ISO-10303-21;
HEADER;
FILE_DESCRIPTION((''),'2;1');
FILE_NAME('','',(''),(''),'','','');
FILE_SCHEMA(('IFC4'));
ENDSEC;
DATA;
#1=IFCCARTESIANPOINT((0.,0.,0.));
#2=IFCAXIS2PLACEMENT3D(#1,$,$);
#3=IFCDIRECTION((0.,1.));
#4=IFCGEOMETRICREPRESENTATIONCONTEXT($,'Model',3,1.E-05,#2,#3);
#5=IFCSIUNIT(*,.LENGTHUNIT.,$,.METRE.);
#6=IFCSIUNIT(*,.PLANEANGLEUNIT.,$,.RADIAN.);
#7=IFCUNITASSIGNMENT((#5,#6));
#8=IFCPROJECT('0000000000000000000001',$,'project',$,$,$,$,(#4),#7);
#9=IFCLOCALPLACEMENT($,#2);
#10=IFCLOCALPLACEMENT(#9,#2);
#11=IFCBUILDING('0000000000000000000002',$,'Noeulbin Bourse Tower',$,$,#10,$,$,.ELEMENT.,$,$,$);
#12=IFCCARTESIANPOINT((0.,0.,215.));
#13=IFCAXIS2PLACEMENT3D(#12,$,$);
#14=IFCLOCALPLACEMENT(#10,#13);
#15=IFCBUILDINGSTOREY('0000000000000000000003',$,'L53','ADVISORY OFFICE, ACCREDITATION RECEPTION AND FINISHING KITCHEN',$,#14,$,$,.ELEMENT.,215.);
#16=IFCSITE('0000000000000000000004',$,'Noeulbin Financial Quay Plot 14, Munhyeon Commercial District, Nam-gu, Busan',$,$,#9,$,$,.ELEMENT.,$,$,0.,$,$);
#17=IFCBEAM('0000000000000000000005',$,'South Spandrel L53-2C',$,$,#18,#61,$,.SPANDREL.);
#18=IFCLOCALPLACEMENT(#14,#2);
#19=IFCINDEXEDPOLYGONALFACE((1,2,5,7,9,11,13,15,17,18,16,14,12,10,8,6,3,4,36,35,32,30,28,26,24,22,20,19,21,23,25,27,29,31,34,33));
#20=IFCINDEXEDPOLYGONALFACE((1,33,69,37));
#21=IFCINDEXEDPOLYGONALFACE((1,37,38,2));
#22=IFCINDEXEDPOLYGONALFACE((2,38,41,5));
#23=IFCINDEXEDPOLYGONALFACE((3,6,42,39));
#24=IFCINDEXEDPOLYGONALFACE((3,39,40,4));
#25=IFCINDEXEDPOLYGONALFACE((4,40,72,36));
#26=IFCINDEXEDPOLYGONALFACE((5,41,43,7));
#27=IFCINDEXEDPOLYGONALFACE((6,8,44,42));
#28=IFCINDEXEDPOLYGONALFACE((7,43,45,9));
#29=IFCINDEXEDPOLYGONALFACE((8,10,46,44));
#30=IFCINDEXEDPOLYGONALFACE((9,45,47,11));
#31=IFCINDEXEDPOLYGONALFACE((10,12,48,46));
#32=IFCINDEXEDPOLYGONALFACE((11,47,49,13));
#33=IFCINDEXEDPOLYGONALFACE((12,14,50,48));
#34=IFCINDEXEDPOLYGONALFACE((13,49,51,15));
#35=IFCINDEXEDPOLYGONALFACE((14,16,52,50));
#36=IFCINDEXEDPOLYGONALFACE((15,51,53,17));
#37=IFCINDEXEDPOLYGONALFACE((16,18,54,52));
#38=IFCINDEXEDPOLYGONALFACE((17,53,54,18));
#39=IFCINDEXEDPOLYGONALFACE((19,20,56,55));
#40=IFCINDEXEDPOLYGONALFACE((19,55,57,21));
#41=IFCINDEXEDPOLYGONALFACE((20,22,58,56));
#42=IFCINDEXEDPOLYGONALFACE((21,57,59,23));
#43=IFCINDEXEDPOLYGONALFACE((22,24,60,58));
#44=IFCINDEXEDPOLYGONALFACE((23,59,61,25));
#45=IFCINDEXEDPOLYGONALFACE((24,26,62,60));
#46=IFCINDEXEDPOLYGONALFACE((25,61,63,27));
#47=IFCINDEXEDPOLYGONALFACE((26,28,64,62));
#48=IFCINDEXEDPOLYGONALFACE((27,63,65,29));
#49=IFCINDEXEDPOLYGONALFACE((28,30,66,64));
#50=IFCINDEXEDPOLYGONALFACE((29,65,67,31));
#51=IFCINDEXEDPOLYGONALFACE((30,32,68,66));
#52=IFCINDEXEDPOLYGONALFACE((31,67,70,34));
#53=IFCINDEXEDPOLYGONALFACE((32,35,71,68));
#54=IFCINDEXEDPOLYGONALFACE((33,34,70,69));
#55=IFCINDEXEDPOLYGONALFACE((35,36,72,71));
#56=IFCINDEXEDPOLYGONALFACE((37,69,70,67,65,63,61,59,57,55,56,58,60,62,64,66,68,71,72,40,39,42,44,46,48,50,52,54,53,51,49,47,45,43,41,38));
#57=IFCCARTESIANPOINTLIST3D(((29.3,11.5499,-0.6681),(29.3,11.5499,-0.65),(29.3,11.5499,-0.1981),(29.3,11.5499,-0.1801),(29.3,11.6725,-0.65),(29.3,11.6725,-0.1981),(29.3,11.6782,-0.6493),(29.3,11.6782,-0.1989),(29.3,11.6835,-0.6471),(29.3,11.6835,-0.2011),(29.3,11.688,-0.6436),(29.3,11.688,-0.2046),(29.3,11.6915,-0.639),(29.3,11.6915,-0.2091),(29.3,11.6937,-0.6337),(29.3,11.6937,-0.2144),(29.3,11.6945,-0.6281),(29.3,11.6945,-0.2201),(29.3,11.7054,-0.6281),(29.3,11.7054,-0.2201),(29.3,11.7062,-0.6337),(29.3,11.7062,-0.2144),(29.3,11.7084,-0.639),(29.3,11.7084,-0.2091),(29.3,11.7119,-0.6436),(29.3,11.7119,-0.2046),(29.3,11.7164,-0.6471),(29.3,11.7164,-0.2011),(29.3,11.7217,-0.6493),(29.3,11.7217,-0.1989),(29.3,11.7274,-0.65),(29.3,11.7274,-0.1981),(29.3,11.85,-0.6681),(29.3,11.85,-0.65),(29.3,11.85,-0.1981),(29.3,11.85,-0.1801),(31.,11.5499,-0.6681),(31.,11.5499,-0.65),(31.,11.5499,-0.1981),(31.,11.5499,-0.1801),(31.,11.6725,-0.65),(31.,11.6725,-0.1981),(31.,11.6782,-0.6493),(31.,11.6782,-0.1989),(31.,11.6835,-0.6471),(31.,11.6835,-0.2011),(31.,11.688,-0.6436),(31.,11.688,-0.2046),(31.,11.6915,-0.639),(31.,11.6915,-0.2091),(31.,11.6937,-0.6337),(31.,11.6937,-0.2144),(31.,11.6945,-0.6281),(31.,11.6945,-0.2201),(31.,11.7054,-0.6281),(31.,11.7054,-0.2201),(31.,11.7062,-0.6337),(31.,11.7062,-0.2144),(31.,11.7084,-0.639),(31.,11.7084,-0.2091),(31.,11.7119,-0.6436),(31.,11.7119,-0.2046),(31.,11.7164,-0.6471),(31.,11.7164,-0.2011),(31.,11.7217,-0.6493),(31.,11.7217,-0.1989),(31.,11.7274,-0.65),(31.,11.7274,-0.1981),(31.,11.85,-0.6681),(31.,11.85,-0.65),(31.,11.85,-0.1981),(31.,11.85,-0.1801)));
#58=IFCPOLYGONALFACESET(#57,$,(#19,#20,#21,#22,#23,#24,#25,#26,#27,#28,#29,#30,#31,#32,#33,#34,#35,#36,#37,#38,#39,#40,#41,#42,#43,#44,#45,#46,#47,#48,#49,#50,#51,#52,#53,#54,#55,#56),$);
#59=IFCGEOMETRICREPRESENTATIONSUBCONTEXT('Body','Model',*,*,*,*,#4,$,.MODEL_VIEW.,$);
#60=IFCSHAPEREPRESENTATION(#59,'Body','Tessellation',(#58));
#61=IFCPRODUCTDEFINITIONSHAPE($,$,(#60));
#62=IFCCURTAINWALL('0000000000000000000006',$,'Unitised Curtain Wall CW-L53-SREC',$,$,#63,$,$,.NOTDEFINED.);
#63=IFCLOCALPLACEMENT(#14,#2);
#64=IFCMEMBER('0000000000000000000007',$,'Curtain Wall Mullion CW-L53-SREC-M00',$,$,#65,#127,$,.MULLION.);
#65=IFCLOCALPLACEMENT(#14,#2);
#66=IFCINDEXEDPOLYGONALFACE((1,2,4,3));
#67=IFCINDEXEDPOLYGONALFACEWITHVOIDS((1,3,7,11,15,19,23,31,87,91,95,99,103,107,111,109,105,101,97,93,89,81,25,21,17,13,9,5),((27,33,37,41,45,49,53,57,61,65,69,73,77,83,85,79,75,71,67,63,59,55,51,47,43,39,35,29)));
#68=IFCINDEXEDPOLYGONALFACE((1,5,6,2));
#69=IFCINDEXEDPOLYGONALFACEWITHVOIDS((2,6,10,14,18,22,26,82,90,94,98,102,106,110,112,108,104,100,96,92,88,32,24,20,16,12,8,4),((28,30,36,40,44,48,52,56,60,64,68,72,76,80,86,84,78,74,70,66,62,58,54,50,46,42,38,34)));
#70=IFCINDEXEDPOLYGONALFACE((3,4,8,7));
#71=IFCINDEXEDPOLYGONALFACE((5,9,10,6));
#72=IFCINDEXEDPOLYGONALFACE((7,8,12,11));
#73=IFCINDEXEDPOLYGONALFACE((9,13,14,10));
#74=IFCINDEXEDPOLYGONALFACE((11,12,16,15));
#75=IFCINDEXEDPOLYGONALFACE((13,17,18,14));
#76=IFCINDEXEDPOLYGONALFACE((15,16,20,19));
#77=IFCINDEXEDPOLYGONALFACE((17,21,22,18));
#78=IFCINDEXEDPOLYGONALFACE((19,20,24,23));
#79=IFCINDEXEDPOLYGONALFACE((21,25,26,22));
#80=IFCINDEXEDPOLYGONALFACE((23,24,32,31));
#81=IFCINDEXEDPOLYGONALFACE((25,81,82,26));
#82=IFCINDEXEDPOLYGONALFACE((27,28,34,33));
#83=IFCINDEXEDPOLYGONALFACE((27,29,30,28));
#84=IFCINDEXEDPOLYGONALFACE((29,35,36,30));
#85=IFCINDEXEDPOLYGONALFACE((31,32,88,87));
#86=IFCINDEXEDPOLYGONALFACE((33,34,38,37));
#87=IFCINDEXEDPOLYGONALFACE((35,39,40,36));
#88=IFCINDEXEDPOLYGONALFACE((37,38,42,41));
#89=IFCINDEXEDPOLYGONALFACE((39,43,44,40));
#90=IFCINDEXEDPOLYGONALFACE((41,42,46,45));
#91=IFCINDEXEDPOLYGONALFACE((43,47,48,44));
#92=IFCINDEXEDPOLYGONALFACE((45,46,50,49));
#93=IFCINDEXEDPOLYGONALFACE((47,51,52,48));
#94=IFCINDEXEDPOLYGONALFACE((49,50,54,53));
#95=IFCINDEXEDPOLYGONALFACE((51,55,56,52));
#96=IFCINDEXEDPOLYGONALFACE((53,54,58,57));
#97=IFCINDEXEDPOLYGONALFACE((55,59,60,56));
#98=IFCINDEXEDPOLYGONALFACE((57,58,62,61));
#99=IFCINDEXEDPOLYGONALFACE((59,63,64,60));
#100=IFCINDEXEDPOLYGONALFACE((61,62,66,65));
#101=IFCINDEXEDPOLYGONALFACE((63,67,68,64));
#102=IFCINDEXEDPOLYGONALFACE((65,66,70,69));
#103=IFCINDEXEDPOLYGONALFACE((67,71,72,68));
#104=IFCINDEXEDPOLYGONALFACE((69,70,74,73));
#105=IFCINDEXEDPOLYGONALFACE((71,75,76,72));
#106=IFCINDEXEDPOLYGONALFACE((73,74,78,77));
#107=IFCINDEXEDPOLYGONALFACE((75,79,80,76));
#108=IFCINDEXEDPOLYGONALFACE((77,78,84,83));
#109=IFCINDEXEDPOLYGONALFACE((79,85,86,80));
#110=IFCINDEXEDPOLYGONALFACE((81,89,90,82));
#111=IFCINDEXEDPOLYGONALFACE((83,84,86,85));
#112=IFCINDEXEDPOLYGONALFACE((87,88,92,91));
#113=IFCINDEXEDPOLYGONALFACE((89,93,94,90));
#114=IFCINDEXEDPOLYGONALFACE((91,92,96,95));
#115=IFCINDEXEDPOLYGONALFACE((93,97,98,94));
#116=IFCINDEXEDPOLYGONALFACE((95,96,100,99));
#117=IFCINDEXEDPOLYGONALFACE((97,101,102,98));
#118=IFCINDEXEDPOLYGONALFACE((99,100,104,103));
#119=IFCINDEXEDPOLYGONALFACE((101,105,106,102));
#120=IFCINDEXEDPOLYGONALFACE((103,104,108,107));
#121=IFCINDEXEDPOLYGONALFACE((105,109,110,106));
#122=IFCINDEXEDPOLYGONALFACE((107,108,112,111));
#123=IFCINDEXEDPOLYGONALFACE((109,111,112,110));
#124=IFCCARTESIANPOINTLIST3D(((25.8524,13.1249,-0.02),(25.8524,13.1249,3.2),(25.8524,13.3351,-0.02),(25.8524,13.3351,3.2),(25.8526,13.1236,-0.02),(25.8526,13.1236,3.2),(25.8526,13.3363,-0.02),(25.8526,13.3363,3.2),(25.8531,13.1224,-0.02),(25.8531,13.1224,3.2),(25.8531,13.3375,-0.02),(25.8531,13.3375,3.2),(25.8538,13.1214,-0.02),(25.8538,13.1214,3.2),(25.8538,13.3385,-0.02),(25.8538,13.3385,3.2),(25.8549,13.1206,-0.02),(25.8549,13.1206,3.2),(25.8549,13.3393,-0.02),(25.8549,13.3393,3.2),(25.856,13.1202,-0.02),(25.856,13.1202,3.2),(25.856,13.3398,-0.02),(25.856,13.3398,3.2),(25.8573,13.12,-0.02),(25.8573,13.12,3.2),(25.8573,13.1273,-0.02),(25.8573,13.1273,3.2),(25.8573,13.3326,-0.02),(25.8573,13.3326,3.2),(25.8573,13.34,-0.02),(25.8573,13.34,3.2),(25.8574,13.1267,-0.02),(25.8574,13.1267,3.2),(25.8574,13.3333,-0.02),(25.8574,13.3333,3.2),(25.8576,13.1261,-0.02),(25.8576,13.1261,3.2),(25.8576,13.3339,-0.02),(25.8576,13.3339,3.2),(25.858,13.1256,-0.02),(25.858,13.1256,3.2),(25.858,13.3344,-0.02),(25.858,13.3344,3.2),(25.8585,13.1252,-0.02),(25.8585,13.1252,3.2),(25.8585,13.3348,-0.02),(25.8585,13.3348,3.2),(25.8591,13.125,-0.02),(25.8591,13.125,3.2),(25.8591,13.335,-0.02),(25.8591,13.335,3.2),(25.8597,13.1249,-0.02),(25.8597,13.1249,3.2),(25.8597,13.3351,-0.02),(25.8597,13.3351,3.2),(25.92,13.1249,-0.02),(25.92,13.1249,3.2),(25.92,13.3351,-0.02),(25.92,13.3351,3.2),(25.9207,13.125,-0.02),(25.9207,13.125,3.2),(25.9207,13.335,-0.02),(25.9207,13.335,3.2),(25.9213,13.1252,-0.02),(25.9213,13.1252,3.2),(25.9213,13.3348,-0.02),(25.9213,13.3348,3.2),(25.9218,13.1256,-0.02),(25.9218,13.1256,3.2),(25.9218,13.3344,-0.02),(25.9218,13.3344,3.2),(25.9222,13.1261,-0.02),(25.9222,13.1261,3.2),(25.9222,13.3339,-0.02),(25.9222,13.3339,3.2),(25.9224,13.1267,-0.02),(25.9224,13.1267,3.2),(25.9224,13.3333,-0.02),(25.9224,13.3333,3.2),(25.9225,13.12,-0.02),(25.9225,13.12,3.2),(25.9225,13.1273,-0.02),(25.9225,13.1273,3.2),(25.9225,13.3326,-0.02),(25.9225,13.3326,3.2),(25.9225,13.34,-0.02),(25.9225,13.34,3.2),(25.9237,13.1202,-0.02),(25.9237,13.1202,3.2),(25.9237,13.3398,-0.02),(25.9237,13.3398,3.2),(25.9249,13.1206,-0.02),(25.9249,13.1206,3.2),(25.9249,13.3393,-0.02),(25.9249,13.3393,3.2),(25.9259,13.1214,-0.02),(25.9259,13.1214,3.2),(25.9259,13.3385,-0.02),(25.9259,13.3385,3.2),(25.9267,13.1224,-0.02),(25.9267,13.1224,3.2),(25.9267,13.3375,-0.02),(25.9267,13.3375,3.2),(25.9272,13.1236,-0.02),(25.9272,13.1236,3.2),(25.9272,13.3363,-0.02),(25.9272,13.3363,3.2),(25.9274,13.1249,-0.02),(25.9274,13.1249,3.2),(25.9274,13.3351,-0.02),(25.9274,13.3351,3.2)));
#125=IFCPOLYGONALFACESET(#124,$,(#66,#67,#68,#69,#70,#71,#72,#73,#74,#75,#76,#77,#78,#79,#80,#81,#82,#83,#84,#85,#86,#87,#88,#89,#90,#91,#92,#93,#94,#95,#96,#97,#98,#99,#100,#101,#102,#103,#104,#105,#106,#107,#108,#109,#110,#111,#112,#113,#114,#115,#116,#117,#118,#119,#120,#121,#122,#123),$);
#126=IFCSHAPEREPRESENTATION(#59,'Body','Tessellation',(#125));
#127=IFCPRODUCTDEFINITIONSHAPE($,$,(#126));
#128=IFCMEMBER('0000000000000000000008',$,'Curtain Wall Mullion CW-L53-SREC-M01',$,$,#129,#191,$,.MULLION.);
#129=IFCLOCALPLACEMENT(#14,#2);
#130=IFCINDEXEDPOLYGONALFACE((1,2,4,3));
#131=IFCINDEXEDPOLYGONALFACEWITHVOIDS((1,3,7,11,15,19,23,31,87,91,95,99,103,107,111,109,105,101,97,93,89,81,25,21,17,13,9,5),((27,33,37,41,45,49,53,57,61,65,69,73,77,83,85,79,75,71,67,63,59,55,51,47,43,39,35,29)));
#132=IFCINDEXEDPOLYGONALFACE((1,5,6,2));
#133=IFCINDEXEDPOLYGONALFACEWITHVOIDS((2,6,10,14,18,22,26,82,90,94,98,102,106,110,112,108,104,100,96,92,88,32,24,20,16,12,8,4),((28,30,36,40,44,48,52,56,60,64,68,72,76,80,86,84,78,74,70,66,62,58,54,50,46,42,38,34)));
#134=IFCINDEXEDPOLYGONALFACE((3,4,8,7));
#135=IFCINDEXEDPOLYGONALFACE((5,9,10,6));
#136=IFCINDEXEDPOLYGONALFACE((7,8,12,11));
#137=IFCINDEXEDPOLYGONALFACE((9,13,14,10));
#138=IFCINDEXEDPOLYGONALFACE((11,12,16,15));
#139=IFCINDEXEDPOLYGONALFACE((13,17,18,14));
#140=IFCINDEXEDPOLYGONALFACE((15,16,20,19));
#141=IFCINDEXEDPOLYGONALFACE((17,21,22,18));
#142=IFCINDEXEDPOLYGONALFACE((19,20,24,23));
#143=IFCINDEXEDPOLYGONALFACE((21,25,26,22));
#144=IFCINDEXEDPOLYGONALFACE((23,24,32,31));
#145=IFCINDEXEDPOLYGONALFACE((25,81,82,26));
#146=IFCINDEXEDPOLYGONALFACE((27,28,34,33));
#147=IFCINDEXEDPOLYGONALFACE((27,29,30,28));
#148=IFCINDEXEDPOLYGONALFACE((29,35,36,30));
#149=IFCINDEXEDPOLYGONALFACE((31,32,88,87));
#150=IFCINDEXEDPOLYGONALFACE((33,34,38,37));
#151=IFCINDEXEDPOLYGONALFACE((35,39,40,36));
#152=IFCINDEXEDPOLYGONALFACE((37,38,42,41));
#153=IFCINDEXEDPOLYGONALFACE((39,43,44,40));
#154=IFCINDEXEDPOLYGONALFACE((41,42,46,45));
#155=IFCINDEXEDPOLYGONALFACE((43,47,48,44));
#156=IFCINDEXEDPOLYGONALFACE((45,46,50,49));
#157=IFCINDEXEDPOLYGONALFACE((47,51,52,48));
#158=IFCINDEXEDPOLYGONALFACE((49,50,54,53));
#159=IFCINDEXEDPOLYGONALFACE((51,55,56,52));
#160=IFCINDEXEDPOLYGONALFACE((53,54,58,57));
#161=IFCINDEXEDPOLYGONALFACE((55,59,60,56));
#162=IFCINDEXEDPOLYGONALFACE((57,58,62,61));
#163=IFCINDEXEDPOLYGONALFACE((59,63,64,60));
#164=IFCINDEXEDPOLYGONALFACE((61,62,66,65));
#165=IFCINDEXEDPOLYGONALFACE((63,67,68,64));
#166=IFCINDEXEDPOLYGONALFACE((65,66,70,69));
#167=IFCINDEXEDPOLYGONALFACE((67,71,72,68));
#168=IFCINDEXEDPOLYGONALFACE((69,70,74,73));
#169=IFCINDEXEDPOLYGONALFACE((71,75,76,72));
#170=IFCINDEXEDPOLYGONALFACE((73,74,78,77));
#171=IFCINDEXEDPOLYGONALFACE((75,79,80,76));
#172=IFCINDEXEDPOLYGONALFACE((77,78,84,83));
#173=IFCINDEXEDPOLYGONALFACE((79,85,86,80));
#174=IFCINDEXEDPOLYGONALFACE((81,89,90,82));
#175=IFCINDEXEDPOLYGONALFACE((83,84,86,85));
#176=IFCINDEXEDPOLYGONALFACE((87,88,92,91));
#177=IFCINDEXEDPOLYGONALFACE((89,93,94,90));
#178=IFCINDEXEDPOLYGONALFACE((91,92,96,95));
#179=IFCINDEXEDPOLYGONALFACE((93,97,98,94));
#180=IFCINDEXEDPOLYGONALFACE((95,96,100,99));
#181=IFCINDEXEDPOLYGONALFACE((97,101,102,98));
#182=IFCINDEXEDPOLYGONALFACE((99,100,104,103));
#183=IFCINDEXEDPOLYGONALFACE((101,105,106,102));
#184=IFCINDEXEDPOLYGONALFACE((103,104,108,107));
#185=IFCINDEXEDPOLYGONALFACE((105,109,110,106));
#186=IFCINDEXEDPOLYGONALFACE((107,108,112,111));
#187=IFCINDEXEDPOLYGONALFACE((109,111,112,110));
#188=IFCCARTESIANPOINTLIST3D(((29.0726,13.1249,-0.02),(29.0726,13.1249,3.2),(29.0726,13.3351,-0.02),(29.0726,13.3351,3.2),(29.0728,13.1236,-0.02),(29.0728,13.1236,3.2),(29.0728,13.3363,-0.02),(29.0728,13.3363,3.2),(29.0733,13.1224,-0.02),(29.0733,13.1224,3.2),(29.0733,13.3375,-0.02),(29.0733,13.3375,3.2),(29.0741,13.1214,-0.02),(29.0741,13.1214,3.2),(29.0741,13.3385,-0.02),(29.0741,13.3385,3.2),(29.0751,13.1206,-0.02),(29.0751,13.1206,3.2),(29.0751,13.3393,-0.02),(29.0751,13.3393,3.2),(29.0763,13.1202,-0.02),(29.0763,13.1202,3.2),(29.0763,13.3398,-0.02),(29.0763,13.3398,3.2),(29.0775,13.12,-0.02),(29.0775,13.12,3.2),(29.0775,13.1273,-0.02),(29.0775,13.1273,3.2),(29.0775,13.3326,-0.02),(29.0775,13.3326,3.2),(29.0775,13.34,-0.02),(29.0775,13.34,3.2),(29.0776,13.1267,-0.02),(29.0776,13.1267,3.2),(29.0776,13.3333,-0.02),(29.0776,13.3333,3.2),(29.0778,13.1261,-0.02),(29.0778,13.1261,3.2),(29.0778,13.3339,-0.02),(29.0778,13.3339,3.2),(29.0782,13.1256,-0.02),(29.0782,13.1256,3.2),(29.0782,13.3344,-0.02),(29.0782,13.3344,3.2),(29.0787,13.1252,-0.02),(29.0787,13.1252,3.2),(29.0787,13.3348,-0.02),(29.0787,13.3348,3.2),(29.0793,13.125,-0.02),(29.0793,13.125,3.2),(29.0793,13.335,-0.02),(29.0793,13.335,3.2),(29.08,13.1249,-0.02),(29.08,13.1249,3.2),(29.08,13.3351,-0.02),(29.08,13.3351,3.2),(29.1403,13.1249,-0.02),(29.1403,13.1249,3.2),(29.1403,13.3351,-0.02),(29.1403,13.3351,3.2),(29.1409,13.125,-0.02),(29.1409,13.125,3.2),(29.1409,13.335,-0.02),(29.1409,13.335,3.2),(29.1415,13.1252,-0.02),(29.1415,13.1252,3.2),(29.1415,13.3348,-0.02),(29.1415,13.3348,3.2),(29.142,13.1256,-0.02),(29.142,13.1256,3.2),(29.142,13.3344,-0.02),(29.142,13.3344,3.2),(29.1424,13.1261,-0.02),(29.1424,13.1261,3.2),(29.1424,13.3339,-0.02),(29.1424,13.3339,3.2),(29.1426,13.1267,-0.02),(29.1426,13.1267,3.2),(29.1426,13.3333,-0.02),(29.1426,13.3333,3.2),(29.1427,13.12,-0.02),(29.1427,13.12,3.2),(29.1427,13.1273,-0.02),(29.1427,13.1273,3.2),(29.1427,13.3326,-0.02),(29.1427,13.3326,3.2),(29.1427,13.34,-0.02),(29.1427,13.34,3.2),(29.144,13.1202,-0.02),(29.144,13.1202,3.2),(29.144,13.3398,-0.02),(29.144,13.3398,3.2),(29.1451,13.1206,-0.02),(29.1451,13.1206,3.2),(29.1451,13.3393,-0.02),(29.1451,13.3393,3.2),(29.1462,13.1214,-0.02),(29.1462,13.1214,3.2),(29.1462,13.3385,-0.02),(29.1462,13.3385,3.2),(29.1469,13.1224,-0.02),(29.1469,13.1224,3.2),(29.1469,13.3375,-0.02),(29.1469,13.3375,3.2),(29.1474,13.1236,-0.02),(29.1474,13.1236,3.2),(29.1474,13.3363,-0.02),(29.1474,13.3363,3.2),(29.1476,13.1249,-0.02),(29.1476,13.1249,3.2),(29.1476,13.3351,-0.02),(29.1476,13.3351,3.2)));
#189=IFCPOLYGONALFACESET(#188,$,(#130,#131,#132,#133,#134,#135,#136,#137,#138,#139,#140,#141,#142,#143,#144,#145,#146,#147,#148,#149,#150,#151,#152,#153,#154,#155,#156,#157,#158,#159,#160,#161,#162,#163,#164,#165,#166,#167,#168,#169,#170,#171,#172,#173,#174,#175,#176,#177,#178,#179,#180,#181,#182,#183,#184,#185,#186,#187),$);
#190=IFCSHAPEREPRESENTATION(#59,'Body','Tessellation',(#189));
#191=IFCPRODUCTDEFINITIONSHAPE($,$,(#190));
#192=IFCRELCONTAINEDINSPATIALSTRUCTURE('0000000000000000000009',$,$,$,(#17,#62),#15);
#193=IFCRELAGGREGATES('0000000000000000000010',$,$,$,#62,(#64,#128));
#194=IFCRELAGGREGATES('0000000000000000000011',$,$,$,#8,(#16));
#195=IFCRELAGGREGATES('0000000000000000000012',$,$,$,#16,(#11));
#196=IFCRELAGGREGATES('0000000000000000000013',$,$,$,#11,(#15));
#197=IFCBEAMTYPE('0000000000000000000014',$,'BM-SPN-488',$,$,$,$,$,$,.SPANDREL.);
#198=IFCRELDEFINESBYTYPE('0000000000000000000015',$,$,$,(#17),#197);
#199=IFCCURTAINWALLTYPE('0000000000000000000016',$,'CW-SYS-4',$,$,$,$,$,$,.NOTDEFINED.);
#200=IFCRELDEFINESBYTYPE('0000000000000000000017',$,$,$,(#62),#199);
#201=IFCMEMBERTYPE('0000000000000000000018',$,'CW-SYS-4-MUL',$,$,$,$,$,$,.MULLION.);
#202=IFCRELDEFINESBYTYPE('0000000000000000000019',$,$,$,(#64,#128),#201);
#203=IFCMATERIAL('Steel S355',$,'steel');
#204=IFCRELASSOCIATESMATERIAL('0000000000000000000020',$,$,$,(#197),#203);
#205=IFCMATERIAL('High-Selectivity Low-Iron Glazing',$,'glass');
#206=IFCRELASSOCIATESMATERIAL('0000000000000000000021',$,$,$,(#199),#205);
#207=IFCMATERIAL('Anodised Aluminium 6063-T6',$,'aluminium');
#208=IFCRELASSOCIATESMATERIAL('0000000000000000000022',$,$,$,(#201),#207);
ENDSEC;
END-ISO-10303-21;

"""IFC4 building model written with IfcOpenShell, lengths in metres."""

from ifc_helpers import new_model, si_unit, direction, frame, origin, origin_2d, place, context, subcontext, project, spatial, hollow_rectangle, i_section, extrude, material, material_profile, profile_set, type_object, element, aggregate, save


model = new_model("IFC4")

# Units and contexts
model_context = context("Model", 3, precision=1e-05, world=origin(), true_north=direction((0.0, 1.0)))
body_context = subcontext(model_context, "Body", "Model", "MODEL_VIEW")
ifc_project = project(units=[si_unit("LENGTHUNIT", "METRE"), si_unit("PLANEANGLEUNIT", "RADIAN")], contexts=[model_context])

# Site, building, storey
site_placement = place(None, origin())
site = spatial("IfcSite", under=ifc_project, at=site_placement, Name="Noeulbin Financial Quay Plot 14, Munhyeon Commercial District, Nam-gu, Busan", CompositionType="ELEMENT", RefElevation=0.0)
building_placement = place(site_placement, origin())
building = spatial("IfcBuilding", under=site, at=building_placement, Name="Noeulbin Bourse Tower", CompositionType="ELEMENT")
storey_placement = place(building_placement, frame((0.0, 0.0, 215.0)))
storey = spatial("IfcBuildingStorey", under=building, at=storey_placement, Name="L53", Description="ADVISORY OFFICE, ACCREDITATION RECEPTION AND FINISHING KITCHEN", CompositionType="ELEMENT", Elevation=215.0)

# Shared definitions
ifc_material_1 = material(Name="Steel S355", Category="steel")

# Beam
ifc_material_profile_1 = material_profile(ifc_material_1, i_section(OverallWidth=0.3, OverallDepth=0.488, WebThickness=0.011, FlangeThickness=0.0181, FilletRadius=0.022, at=origin_2d()), Name="H-488x300x11x18", Category="LoadBearing")
ifc_profile_set_1 = profile_set([ifc_material_profile_1], Name="Steel S355")
beam_type_1 = type_object("IfcBeamType", Name="BM-SPN-488", PredefinedType="SPANDREL", material=ifc_profile_set_1)
for number, where, z_axis, x_axis, name in (
    (1, (29.3, 11.7, -0.4241), (1.0, 0.0, 0.0), (0.0, 1.0, 0.0), "South Spandrel L53-2C"),
):
    element("IfcBeam", number, at=place(storey_placement, frame(where, z_axis=z_axis, x_axis=x_axis)), inside=storey, type_object=beam_type_1, Name=name, PredefinedType="SPANDREL", context=body_context, shape_type="SweptSolid", body=[
        extrude(i_section(OverallWidth=0.3, OverallDepth=0.488, WebThickness=0.011, FlangeThickness=0.0181, FilletRadius=0.022, at=origin_2d()), origin(), (0.0, 0.0, 1.0), 1.7),
    ])

# Curtain wall, members
ifc_material_2 = material(Name="High-Selectivity Low-Iron Glazing", Category="glass")
curtain_wall_type = type_object("IfcCurtainWallType", Name="CW-SYS-4", PredefinedType="NOTDEFINED", material=ifc_material_2)
curtain_wall_1_placement = place(storey_placement, origin())
curtain_wall_1 = element("IfcCurtainWall", 2, at=curtain_wall_1_placement, inside=storey, type_object=curtain_wall_type, Name="Unitised Curtain Wall CW-L53-SREC", PredefinedType="NOTDEFINED")
ifc_material_3 = material(Name="Anodised Aluminium 6063-T6", Category="aluminium")
ifc_material_profile_2 = material_profile(ifc_material_3, hollow_rectangle(XDim=0.075, YDim=0.22, WallThickness=0.0049, InnerFilletRadius=0.0024, OuterFilletRadius=0.0049, at=origin_2d()), Name="ALU-MULL-75x220x5", Category="LoadBearing")
ifc_profile_set_2 = profile_set([ifc_material_profile_2], Name="Anodised Aluminium 6063-T6")
member_type_1 = type_object("IfcMemberType", Name="CW-SYS-4-MUL", PredefinedType="MULLION", material=ifc_profile_set_2)
member_1_placement = place(storey_placement, frame((25.8899, 13.23, -0.02), z_axis=(0.0, 0.0, 1.0), x_axis=(1.0, 0.0, 0.0)))
member_1 = element("IfcMember", 3, at=member_1_placement, type_object=member_type_1, Name="Curtain Wall Mullion CW-L53-SREC-M00", PredefinedType="MULLION", context=body_context, shape_type="SweptSolid", body=[
    extrude(hollow_rectangle(XDim=0.075, YDim=0.22, WallThickness=0.0049, InnerFilletRadius=0.0024, OuterFilletRadius=0.0049, at=origin_2d()), origin(), (0.0, 0.0, 1.0), 3.22),
])
member_2_placement = place(storey_placement, frame((29.1101, 13.23, -0.02), z_axis=(0.0, 0.0, 1.0), x_axis=(1.0, 0.0, 0.0)))
member_2 = element("IfcMember", 4, at=member_2_placement, type_object=member_type_1, Name="Curtain Wall Mullion CW-L53-SREC-M01", PredefinedType="MULLION", context=body_context, shape_type="SweptSolid", body=[
    extrude(hollow_rectangle(XDim=0.075, YDim=0.22, WallThickness=0.0049, InnerFilletRadius=0.0024, OuterFilletRadius=0.0049, at=origin_2d()), origin(), (0.0, 0.0, 1.0), 3.22),
])

aggregate(curtain_wall_1, [member_1, member_2])

save(model, "model.ifc")
